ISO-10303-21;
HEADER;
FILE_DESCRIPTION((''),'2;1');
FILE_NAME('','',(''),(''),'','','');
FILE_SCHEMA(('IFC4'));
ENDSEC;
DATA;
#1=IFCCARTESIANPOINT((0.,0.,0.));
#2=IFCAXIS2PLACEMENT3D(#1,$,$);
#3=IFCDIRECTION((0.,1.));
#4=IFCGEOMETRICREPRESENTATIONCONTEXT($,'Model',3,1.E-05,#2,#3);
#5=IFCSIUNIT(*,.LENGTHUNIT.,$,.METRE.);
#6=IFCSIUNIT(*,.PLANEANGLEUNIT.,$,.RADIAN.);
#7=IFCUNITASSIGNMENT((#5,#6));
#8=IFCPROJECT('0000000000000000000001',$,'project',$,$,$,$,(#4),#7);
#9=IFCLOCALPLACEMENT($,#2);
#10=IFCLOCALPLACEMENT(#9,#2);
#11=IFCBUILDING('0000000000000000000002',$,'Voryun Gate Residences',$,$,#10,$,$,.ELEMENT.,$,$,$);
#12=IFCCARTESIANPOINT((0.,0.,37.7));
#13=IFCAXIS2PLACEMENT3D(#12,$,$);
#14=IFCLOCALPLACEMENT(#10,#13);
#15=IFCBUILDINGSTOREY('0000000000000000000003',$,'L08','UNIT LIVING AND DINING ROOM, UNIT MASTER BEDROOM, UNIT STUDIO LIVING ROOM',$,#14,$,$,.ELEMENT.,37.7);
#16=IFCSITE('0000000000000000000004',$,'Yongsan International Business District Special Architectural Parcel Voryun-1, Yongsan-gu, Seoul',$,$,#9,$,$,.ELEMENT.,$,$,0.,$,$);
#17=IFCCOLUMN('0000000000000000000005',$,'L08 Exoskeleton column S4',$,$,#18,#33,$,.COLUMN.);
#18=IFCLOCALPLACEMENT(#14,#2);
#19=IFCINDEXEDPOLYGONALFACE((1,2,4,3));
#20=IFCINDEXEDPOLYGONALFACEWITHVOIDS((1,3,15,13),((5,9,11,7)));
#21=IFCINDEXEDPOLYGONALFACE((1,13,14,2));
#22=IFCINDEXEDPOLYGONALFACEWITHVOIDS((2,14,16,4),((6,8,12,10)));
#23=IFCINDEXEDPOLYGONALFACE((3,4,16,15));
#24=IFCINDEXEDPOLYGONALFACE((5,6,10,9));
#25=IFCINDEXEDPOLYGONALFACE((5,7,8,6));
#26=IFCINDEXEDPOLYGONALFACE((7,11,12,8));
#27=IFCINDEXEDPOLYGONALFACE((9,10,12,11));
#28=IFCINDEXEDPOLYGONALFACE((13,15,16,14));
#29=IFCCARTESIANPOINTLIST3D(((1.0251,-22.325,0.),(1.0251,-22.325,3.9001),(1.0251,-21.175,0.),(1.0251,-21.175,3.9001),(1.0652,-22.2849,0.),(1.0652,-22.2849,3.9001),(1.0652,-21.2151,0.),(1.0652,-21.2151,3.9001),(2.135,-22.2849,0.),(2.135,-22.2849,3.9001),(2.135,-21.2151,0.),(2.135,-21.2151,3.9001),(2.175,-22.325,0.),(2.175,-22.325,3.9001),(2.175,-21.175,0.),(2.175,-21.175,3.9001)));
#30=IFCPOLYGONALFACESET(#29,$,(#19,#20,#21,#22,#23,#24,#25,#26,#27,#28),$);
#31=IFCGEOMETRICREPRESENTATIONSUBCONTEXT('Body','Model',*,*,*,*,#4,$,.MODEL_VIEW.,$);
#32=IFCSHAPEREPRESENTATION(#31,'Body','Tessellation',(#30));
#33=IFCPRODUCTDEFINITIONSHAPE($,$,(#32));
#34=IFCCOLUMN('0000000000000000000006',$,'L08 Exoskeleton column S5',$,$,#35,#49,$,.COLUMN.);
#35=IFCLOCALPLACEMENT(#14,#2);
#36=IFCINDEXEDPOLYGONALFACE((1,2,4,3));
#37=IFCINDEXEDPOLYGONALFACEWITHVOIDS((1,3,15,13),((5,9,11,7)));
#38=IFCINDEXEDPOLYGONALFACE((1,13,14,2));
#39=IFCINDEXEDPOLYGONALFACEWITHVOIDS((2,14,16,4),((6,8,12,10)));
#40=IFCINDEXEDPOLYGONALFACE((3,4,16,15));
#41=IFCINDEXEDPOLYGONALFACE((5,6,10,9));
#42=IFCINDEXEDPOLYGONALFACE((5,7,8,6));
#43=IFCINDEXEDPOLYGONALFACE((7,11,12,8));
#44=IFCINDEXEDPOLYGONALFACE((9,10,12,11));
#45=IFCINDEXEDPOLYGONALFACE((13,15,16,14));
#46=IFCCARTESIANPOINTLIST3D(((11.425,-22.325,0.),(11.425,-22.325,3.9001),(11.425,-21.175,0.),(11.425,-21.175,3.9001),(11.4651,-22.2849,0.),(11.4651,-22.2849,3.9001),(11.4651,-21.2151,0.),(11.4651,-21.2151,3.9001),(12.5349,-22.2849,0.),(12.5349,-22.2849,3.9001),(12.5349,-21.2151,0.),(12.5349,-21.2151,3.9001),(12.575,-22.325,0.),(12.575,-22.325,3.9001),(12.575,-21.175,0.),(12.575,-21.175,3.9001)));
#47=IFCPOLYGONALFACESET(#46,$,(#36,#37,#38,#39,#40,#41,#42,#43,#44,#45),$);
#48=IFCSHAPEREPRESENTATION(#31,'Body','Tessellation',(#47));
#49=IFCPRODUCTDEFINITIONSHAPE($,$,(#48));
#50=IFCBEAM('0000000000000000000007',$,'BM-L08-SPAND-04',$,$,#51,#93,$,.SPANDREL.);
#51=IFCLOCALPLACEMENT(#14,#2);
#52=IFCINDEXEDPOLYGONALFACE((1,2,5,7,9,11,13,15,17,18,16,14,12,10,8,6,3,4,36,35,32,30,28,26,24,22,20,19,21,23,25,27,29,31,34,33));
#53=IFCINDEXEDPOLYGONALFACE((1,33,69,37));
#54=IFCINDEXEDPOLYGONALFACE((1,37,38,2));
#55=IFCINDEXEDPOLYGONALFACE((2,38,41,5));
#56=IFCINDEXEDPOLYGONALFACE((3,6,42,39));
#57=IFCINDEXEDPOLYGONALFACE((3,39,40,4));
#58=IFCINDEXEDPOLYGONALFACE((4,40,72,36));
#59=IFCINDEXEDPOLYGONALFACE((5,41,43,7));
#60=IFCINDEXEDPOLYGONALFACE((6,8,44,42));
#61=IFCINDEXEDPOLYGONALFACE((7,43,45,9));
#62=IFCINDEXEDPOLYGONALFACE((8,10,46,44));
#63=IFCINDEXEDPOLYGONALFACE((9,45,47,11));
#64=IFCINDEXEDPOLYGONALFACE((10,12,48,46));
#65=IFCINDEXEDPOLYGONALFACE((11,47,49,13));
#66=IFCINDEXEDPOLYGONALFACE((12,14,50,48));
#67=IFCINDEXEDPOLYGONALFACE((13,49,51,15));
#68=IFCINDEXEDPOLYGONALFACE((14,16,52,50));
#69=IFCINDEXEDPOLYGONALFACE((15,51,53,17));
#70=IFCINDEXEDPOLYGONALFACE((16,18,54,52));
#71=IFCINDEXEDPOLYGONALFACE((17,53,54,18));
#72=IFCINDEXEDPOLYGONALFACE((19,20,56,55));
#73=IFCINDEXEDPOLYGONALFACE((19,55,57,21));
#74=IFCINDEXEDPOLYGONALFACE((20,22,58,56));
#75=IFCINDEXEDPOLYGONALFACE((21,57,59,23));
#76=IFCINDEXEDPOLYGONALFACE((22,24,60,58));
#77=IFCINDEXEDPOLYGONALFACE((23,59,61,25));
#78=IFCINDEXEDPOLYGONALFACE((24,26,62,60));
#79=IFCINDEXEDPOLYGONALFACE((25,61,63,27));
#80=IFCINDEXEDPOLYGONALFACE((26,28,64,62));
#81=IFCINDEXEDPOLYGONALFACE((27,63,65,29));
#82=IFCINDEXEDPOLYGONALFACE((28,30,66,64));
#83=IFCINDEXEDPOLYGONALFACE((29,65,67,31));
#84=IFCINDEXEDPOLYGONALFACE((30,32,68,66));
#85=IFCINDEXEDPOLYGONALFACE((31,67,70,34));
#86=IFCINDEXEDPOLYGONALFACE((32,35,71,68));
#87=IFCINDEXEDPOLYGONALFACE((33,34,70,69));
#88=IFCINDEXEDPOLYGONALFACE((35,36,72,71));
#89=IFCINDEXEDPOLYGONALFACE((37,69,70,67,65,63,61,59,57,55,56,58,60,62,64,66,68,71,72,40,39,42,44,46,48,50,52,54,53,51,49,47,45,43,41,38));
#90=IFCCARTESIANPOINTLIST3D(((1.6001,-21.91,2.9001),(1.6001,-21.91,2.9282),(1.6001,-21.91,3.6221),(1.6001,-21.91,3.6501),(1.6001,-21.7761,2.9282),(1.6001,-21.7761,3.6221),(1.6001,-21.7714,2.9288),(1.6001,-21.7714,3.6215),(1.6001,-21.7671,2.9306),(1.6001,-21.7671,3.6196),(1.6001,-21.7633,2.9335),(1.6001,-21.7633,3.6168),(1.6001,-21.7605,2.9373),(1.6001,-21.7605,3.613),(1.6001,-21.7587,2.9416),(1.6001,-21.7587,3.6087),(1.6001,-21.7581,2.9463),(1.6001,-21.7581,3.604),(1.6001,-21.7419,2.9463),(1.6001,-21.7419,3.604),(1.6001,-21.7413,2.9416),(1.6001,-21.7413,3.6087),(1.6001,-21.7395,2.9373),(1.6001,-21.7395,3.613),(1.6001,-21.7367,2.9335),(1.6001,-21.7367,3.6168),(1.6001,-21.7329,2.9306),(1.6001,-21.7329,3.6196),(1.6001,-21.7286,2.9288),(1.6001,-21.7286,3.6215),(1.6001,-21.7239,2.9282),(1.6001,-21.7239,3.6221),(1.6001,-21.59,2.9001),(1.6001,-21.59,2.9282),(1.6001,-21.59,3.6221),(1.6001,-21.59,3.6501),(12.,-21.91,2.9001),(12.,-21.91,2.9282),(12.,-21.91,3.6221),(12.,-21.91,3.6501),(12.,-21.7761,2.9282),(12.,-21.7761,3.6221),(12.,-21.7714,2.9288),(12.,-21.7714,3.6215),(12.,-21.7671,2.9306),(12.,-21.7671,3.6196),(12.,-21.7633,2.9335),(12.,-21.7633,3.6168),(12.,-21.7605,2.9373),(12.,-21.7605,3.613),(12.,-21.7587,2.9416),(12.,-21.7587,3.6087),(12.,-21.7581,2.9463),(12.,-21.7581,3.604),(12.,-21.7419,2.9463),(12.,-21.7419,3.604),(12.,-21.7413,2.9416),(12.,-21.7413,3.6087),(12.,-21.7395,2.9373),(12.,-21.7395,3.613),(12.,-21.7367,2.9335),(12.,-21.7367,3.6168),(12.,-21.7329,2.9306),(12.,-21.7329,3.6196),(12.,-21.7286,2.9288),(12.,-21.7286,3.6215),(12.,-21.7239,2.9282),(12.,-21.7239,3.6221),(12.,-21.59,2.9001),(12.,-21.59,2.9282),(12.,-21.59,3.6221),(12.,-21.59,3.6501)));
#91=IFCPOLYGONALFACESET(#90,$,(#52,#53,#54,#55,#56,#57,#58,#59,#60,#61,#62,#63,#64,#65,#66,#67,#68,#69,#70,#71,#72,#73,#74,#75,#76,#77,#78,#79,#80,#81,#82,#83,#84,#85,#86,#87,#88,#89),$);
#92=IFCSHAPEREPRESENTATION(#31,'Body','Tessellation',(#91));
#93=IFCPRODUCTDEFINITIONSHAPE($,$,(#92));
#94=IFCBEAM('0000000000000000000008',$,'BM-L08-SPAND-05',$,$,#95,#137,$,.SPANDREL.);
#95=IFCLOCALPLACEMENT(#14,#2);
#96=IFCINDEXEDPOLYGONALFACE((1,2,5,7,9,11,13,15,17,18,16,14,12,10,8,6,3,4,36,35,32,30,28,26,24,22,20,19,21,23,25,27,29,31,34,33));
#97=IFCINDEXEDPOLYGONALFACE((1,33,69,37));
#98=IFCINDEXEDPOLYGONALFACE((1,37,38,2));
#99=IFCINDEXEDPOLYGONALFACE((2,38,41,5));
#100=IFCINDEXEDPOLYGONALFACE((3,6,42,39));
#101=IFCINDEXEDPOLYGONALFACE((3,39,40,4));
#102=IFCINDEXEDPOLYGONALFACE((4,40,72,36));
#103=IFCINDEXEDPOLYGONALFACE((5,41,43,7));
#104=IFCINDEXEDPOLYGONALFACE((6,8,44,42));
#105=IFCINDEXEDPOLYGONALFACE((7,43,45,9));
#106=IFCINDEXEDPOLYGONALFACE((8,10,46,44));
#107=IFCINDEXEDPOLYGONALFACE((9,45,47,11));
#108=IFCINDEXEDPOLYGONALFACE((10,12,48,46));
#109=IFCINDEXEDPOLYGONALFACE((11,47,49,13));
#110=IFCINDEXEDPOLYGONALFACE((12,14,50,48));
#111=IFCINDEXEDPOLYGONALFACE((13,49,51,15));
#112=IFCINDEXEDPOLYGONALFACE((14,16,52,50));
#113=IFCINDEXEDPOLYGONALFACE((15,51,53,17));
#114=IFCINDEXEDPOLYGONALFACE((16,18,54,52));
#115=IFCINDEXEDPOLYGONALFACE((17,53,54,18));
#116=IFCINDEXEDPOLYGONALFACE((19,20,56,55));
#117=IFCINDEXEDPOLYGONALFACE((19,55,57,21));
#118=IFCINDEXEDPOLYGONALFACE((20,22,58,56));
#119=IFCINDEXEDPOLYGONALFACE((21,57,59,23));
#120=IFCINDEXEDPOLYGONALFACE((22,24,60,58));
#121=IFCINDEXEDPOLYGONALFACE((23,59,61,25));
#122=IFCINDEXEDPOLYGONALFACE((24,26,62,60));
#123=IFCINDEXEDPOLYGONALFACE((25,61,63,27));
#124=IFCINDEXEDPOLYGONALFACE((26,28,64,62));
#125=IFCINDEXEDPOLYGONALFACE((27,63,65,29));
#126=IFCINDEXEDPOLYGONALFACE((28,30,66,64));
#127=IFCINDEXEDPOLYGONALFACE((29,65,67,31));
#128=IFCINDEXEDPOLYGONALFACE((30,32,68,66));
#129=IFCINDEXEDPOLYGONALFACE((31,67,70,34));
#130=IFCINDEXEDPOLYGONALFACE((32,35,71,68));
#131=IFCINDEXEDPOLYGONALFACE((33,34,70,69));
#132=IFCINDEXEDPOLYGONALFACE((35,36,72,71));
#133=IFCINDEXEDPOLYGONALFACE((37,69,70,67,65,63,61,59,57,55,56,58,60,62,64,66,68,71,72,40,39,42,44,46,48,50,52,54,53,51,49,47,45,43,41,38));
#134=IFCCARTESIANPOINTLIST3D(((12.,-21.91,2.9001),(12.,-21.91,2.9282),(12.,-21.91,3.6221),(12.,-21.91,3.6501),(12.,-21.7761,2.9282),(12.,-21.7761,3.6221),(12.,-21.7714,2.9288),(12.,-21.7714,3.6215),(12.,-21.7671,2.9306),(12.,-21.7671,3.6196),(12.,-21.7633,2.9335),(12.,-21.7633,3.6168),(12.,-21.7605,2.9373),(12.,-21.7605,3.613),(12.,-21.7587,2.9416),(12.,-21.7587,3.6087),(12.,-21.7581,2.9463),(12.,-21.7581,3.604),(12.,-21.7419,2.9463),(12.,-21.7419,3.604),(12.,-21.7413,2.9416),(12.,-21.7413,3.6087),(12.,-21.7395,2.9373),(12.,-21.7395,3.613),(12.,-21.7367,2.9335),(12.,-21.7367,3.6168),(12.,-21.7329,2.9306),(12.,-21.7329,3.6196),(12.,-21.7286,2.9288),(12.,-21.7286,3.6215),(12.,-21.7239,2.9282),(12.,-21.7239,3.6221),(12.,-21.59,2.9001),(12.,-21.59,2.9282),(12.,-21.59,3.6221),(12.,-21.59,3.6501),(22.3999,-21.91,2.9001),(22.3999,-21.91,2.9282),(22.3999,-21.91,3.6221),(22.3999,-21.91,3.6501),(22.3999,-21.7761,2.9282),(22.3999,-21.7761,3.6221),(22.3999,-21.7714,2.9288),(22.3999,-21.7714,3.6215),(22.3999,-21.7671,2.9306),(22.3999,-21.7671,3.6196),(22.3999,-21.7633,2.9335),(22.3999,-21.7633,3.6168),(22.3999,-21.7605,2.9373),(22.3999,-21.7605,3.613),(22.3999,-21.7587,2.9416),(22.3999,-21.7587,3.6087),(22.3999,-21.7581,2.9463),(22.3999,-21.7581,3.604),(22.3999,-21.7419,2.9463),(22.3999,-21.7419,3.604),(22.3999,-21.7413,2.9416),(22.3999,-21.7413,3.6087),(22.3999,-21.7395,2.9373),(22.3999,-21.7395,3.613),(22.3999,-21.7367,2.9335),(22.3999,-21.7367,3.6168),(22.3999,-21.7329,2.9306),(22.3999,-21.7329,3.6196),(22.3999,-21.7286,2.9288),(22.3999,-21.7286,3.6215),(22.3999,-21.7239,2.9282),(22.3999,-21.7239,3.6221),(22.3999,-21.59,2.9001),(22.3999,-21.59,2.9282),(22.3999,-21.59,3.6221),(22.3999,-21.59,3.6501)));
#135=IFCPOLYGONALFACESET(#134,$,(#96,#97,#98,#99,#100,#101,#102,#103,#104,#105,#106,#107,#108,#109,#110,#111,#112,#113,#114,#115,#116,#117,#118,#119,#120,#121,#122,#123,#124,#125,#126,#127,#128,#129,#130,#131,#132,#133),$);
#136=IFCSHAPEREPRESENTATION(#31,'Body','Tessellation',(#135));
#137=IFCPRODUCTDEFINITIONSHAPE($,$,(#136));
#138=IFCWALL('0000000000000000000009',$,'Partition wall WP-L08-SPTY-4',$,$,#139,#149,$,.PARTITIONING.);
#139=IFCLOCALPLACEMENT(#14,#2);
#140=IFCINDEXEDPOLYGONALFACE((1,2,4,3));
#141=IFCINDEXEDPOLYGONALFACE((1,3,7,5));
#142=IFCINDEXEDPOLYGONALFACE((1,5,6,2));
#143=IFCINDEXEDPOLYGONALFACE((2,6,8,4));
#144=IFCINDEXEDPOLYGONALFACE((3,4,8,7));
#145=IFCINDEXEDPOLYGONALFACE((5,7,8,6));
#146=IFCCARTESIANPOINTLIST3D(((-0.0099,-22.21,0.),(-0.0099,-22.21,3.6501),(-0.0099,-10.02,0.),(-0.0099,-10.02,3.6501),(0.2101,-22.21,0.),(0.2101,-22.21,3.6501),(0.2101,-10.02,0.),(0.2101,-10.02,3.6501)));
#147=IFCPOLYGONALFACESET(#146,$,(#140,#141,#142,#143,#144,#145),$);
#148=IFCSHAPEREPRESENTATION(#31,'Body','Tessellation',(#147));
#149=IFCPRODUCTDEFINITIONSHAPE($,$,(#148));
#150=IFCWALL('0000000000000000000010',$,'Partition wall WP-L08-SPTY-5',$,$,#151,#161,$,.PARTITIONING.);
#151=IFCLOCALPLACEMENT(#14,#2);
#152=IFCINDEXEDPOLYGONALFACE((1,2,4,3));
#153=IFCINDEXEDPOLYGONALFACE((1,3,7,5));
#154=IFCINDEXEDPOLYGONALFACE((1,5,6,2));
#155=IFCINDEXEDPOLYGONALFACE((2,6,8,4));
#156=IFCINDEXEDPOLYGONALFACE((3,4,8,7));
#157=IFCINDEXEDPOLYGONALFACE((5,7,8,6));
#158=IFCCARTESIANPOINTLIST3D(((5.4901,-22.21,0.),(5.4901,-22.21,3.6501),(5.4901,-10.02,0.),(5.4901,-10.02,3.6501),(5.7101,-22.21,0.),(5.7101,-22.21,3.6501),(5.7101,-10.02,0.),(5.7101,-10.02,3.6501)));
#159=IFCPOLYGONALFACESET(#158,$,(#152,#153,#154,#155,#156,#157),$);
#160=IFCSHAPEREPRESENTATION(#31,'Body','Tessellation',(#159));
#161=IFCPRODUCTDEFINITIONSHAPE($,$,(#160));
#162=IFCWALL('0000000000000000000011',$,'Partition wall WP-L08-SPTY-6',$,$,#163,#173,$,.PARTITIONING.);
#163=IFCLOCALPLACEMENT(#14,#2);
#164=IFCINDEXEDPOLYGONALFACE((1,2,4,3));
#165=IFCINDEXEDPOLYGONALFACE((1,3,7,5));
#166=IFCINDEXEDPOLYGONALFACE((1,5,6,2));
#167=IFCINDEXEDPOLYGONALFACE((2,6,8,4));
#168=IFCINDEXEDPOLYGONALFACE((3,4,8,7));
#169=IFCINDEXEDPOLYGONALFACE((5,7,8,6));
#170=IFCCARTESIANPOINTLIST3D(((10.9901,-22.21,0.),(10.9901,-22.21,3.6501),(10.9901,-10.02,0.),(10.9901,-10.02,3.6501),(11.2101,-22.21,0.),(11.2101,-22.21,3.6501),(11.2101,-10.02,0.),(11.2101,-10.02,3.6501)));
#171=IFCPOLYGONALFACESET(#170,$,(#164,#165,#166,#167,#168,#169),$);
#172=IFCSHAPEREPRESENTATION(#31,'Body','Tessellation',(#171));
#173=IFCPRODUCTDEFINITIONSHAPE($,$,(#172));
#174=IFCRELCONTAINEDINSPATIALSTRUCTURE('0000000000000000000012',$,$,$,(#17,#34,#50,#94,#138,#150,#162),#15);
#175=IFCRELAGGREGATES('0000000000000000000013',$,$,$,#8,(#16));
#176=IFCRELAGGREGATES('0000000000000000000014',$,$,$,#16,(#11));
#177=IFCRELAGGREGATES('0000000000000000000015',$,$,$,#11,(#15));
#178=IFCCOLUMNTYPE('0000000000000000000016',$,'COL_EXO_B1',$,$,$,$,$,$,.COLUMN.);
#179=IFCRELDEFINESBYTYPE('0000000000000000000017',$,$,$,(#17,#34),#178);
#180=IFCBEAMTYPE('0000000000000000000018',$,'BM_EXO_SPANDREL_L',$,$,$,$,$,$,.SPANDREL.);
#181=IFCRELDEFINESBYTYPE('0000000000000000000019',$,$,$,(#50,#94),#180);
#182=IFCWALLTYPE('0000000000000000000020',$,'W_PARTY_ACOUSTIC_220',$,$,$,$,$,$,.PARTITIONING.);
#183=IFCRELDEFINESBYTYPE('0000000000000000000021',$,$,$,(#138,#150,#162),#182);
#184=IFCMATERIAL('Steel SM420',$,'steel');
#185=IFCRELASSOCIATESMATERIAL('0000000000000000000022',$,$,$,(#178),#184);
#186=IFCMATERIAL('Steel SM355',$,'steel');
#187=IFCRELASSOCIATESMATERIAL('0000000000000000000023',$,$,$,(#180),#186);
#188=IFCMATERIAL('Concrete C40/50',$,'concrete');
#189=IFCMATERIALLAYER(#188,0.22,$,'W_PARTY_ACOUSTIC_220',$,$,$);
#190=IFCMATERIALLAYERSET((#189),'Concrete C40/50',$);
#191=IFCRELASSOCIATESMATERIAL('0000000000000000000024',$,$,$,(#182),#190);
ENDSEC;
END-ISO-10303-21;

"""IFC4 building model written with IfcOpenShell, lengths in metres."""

from ifc_helpers import new_model, si_unit, direction, frame, frame_2d, origin, origin_2d, place, context, subcontext, project, spatial, rectangle, hollow_rectangle, i_section, extrude, material, layer, layer_set, material_profile, profile_set, type_object, element, save


model = new_model("IFC4")

# Units and contexts
model_context = context("Model", 3, precision=1e-05, world=origin(), true_north=direction((0.0, 1.0)))
body_context = subcontext(model_context, "Body", "Model", "MODEL_VIEW")
ifc_project = project(units=[si_unit("LENGTHUNIT", "METRE"), si_unit("PLANEANGLEUNIT", "RADIAN")], contexts=[model_context])

# Site, building, storey
site_placement = place(None, origin())
site = spatial("IfcSite", under=ifc_project, at=site_placement, Name="Yongsan International Business District Special Architectural Parcel Voryun-1, Yongsan-gu, Seoul", CompositionType="ELEMENT", RefElevation=0.0)
building_placement = place(site_placement, origin())
building = spatial("IfcBuilding", under=site, at=building_placement, Name="Voryun Gate Residences", CompositionType="ELEMENT")
storey_placement = place(building_placement, frame((0.0, 0.0, 37.7)))
storey = spatial("IfcBuildingStorey", under=building, at=storey_placement, Name="L08", Description="UNIT LIVING AND DINING ROOM, UNIT MASTER BEDROOM, UNIT STUDIO LIVING ROOM", CompositionType="ELEMENT", Elevation=37.7)

# Columns
ifc_material_1 = material(Name="Steel SM420", Category="steel")
ifc_material_profile_1 = material_profile(ifc_material_1, hollow_rectangle(XDim=1.1499, YDim=1.1499, WallThickness=0.04, at=origin_2d()), Name="BOX-1150x1150x40")
ifc_profile_set_1 = profile_set([ifc_material_profile_1], Name="Steel SM420")
column_type = type_object("IfcColumnType", Name="COL_EXO_B1", PredefinedType="COLUMN", material=ifc_profile_set_1)
for number, where, z_axis, x_axis, name in (
    (1, (1.6001, -21.75, 0.0), (0.0, 0.0, 1.0), (1.0, 0.0, 0.0), "L08 Exoskeleton column S4"),
    (2, (12.0, -21.75, 0.0), (0.0, 0.0, 1.0), (1.0, 0.0, 0.0), "L08 Exoskeleton column S5"),
):
    element("IfcColumn", number, at=place(storey_placement, frame(where, z_axis=z_axis, x_axis=x_axis)), inside=storey, type_object=column_type, Name=name, PredefinedType="COLUMN", context=body_context, shape_type="SweptSolid", body=[
        extrude(hollow_rectangle(XDim=1.1499, YDim=1.1499, WallThickness=0.04, at=origin_2d()), origin(), (0.0, 0.0, 1.0), 3.9001),
    ])

# Beams
ifc_material_2 = material(Name="Steel SM355", Category="steel")
ifc_material_profile_2 = material_profile(ifc_material_2, i_section(OverallWidth=0.3201, OverallDepth=0.75, WebThickness=0.0161, FlangeThickness=0.0281, FilletRadius=0.0181, at=origin_2d()), Name="H-750x320x16x28")
ifc_profile_set_2 = profile_set([ifc_material_profile_2], Name="Steel SM355")
beam_type = type_object("IfcBeamType", Name="BM_EXO_SPANDREL_L", PredefinedType="SPANDREL", material=ifc_profile_set_2)
for number, where, z_axis, x_axis, name in (
    (3, (1.6001, -21.75, 3.2751), (1.0, 0.0, 0.0), (0.0, 1.0, 0.0), "BM-L08-SPAND-04"),
    (4, (12.0, -21.75, 3.2751), (1.0, 0.0, 0.0), (0.0, 1.0, 0.0), "BM-L08-SPAND-05"),
):
    element("IfcBeam", number, at=place(storey_placement, frame(where, z_axis=z_axis, x_axis=x_axis)), inside=storey, type_object=beam_type, Name=name, PredefinedType="SPANDREL", context=body_context, shape_type="SweptSolid", body=[
        extrude(i_section(OverallWidth=0.3201, OverallDepth=0.75, WebThickness=0.0161, FlangeThickness=0.0281, FilletRadius=0.0181, at=origin_2d()), origin(), (0.0, 0.0, 1.0), 10.3999),
    ])

# Walls
ifc_material_3 = material(Name="Concrete C40/50", Category="concrete")
ifc_layer_1 = layer(ifc_material_3, 0.22, Name="W_PARTY_ACOUSTIC_220")
ifc_layer_set_1 = layer_set([ifc_layer_1], Name="Concrete C40/50")
wall_type_1 = type_object("IfcWallType", Name="W_PARTY_ACOUSTIC_220", PredefinedType="PARTITIONING", material=ifc_layer_set_1)
for number, where, z_axis, x_axis, name in (
    (5, (0.1001, -22.21, 0.0), (0.0, 0.0, 1.0), (0.0, 1.0, 0.0), "Partition wall WP-L08-SPTY-4"),
    (6, (5.6001, -22.21, 0.0), (0.0, 0.0, 1.0), (0.0, 1.0, 0.0), "Partition wall WP-L08-SPTY-5"),
    (7, (11.1001, -22.21, 0.0), (0.0, 0.0, 1.0), (0.0, 1.0, 0.0), "Partition wall WP-L08-SPTY-6"),
):
    element("IfcWall", number, at=place(storey_placement, frame(where, z_axis=z_axis, x_axis=x_axis)), inside=storey, type_object=wall_type_1, Name=name, PredefinedType="PARTITIONING", context=body_context, shape_type="SweptSolid", body=[
        extrude(rectangle(XDim=12.1899, YDim=0.22, at=frame_2d((6.095, 0.0))), origin(), (0.0, 0.0, 1.0), 3.6501),
    ])

save(model, "model.ifc")
